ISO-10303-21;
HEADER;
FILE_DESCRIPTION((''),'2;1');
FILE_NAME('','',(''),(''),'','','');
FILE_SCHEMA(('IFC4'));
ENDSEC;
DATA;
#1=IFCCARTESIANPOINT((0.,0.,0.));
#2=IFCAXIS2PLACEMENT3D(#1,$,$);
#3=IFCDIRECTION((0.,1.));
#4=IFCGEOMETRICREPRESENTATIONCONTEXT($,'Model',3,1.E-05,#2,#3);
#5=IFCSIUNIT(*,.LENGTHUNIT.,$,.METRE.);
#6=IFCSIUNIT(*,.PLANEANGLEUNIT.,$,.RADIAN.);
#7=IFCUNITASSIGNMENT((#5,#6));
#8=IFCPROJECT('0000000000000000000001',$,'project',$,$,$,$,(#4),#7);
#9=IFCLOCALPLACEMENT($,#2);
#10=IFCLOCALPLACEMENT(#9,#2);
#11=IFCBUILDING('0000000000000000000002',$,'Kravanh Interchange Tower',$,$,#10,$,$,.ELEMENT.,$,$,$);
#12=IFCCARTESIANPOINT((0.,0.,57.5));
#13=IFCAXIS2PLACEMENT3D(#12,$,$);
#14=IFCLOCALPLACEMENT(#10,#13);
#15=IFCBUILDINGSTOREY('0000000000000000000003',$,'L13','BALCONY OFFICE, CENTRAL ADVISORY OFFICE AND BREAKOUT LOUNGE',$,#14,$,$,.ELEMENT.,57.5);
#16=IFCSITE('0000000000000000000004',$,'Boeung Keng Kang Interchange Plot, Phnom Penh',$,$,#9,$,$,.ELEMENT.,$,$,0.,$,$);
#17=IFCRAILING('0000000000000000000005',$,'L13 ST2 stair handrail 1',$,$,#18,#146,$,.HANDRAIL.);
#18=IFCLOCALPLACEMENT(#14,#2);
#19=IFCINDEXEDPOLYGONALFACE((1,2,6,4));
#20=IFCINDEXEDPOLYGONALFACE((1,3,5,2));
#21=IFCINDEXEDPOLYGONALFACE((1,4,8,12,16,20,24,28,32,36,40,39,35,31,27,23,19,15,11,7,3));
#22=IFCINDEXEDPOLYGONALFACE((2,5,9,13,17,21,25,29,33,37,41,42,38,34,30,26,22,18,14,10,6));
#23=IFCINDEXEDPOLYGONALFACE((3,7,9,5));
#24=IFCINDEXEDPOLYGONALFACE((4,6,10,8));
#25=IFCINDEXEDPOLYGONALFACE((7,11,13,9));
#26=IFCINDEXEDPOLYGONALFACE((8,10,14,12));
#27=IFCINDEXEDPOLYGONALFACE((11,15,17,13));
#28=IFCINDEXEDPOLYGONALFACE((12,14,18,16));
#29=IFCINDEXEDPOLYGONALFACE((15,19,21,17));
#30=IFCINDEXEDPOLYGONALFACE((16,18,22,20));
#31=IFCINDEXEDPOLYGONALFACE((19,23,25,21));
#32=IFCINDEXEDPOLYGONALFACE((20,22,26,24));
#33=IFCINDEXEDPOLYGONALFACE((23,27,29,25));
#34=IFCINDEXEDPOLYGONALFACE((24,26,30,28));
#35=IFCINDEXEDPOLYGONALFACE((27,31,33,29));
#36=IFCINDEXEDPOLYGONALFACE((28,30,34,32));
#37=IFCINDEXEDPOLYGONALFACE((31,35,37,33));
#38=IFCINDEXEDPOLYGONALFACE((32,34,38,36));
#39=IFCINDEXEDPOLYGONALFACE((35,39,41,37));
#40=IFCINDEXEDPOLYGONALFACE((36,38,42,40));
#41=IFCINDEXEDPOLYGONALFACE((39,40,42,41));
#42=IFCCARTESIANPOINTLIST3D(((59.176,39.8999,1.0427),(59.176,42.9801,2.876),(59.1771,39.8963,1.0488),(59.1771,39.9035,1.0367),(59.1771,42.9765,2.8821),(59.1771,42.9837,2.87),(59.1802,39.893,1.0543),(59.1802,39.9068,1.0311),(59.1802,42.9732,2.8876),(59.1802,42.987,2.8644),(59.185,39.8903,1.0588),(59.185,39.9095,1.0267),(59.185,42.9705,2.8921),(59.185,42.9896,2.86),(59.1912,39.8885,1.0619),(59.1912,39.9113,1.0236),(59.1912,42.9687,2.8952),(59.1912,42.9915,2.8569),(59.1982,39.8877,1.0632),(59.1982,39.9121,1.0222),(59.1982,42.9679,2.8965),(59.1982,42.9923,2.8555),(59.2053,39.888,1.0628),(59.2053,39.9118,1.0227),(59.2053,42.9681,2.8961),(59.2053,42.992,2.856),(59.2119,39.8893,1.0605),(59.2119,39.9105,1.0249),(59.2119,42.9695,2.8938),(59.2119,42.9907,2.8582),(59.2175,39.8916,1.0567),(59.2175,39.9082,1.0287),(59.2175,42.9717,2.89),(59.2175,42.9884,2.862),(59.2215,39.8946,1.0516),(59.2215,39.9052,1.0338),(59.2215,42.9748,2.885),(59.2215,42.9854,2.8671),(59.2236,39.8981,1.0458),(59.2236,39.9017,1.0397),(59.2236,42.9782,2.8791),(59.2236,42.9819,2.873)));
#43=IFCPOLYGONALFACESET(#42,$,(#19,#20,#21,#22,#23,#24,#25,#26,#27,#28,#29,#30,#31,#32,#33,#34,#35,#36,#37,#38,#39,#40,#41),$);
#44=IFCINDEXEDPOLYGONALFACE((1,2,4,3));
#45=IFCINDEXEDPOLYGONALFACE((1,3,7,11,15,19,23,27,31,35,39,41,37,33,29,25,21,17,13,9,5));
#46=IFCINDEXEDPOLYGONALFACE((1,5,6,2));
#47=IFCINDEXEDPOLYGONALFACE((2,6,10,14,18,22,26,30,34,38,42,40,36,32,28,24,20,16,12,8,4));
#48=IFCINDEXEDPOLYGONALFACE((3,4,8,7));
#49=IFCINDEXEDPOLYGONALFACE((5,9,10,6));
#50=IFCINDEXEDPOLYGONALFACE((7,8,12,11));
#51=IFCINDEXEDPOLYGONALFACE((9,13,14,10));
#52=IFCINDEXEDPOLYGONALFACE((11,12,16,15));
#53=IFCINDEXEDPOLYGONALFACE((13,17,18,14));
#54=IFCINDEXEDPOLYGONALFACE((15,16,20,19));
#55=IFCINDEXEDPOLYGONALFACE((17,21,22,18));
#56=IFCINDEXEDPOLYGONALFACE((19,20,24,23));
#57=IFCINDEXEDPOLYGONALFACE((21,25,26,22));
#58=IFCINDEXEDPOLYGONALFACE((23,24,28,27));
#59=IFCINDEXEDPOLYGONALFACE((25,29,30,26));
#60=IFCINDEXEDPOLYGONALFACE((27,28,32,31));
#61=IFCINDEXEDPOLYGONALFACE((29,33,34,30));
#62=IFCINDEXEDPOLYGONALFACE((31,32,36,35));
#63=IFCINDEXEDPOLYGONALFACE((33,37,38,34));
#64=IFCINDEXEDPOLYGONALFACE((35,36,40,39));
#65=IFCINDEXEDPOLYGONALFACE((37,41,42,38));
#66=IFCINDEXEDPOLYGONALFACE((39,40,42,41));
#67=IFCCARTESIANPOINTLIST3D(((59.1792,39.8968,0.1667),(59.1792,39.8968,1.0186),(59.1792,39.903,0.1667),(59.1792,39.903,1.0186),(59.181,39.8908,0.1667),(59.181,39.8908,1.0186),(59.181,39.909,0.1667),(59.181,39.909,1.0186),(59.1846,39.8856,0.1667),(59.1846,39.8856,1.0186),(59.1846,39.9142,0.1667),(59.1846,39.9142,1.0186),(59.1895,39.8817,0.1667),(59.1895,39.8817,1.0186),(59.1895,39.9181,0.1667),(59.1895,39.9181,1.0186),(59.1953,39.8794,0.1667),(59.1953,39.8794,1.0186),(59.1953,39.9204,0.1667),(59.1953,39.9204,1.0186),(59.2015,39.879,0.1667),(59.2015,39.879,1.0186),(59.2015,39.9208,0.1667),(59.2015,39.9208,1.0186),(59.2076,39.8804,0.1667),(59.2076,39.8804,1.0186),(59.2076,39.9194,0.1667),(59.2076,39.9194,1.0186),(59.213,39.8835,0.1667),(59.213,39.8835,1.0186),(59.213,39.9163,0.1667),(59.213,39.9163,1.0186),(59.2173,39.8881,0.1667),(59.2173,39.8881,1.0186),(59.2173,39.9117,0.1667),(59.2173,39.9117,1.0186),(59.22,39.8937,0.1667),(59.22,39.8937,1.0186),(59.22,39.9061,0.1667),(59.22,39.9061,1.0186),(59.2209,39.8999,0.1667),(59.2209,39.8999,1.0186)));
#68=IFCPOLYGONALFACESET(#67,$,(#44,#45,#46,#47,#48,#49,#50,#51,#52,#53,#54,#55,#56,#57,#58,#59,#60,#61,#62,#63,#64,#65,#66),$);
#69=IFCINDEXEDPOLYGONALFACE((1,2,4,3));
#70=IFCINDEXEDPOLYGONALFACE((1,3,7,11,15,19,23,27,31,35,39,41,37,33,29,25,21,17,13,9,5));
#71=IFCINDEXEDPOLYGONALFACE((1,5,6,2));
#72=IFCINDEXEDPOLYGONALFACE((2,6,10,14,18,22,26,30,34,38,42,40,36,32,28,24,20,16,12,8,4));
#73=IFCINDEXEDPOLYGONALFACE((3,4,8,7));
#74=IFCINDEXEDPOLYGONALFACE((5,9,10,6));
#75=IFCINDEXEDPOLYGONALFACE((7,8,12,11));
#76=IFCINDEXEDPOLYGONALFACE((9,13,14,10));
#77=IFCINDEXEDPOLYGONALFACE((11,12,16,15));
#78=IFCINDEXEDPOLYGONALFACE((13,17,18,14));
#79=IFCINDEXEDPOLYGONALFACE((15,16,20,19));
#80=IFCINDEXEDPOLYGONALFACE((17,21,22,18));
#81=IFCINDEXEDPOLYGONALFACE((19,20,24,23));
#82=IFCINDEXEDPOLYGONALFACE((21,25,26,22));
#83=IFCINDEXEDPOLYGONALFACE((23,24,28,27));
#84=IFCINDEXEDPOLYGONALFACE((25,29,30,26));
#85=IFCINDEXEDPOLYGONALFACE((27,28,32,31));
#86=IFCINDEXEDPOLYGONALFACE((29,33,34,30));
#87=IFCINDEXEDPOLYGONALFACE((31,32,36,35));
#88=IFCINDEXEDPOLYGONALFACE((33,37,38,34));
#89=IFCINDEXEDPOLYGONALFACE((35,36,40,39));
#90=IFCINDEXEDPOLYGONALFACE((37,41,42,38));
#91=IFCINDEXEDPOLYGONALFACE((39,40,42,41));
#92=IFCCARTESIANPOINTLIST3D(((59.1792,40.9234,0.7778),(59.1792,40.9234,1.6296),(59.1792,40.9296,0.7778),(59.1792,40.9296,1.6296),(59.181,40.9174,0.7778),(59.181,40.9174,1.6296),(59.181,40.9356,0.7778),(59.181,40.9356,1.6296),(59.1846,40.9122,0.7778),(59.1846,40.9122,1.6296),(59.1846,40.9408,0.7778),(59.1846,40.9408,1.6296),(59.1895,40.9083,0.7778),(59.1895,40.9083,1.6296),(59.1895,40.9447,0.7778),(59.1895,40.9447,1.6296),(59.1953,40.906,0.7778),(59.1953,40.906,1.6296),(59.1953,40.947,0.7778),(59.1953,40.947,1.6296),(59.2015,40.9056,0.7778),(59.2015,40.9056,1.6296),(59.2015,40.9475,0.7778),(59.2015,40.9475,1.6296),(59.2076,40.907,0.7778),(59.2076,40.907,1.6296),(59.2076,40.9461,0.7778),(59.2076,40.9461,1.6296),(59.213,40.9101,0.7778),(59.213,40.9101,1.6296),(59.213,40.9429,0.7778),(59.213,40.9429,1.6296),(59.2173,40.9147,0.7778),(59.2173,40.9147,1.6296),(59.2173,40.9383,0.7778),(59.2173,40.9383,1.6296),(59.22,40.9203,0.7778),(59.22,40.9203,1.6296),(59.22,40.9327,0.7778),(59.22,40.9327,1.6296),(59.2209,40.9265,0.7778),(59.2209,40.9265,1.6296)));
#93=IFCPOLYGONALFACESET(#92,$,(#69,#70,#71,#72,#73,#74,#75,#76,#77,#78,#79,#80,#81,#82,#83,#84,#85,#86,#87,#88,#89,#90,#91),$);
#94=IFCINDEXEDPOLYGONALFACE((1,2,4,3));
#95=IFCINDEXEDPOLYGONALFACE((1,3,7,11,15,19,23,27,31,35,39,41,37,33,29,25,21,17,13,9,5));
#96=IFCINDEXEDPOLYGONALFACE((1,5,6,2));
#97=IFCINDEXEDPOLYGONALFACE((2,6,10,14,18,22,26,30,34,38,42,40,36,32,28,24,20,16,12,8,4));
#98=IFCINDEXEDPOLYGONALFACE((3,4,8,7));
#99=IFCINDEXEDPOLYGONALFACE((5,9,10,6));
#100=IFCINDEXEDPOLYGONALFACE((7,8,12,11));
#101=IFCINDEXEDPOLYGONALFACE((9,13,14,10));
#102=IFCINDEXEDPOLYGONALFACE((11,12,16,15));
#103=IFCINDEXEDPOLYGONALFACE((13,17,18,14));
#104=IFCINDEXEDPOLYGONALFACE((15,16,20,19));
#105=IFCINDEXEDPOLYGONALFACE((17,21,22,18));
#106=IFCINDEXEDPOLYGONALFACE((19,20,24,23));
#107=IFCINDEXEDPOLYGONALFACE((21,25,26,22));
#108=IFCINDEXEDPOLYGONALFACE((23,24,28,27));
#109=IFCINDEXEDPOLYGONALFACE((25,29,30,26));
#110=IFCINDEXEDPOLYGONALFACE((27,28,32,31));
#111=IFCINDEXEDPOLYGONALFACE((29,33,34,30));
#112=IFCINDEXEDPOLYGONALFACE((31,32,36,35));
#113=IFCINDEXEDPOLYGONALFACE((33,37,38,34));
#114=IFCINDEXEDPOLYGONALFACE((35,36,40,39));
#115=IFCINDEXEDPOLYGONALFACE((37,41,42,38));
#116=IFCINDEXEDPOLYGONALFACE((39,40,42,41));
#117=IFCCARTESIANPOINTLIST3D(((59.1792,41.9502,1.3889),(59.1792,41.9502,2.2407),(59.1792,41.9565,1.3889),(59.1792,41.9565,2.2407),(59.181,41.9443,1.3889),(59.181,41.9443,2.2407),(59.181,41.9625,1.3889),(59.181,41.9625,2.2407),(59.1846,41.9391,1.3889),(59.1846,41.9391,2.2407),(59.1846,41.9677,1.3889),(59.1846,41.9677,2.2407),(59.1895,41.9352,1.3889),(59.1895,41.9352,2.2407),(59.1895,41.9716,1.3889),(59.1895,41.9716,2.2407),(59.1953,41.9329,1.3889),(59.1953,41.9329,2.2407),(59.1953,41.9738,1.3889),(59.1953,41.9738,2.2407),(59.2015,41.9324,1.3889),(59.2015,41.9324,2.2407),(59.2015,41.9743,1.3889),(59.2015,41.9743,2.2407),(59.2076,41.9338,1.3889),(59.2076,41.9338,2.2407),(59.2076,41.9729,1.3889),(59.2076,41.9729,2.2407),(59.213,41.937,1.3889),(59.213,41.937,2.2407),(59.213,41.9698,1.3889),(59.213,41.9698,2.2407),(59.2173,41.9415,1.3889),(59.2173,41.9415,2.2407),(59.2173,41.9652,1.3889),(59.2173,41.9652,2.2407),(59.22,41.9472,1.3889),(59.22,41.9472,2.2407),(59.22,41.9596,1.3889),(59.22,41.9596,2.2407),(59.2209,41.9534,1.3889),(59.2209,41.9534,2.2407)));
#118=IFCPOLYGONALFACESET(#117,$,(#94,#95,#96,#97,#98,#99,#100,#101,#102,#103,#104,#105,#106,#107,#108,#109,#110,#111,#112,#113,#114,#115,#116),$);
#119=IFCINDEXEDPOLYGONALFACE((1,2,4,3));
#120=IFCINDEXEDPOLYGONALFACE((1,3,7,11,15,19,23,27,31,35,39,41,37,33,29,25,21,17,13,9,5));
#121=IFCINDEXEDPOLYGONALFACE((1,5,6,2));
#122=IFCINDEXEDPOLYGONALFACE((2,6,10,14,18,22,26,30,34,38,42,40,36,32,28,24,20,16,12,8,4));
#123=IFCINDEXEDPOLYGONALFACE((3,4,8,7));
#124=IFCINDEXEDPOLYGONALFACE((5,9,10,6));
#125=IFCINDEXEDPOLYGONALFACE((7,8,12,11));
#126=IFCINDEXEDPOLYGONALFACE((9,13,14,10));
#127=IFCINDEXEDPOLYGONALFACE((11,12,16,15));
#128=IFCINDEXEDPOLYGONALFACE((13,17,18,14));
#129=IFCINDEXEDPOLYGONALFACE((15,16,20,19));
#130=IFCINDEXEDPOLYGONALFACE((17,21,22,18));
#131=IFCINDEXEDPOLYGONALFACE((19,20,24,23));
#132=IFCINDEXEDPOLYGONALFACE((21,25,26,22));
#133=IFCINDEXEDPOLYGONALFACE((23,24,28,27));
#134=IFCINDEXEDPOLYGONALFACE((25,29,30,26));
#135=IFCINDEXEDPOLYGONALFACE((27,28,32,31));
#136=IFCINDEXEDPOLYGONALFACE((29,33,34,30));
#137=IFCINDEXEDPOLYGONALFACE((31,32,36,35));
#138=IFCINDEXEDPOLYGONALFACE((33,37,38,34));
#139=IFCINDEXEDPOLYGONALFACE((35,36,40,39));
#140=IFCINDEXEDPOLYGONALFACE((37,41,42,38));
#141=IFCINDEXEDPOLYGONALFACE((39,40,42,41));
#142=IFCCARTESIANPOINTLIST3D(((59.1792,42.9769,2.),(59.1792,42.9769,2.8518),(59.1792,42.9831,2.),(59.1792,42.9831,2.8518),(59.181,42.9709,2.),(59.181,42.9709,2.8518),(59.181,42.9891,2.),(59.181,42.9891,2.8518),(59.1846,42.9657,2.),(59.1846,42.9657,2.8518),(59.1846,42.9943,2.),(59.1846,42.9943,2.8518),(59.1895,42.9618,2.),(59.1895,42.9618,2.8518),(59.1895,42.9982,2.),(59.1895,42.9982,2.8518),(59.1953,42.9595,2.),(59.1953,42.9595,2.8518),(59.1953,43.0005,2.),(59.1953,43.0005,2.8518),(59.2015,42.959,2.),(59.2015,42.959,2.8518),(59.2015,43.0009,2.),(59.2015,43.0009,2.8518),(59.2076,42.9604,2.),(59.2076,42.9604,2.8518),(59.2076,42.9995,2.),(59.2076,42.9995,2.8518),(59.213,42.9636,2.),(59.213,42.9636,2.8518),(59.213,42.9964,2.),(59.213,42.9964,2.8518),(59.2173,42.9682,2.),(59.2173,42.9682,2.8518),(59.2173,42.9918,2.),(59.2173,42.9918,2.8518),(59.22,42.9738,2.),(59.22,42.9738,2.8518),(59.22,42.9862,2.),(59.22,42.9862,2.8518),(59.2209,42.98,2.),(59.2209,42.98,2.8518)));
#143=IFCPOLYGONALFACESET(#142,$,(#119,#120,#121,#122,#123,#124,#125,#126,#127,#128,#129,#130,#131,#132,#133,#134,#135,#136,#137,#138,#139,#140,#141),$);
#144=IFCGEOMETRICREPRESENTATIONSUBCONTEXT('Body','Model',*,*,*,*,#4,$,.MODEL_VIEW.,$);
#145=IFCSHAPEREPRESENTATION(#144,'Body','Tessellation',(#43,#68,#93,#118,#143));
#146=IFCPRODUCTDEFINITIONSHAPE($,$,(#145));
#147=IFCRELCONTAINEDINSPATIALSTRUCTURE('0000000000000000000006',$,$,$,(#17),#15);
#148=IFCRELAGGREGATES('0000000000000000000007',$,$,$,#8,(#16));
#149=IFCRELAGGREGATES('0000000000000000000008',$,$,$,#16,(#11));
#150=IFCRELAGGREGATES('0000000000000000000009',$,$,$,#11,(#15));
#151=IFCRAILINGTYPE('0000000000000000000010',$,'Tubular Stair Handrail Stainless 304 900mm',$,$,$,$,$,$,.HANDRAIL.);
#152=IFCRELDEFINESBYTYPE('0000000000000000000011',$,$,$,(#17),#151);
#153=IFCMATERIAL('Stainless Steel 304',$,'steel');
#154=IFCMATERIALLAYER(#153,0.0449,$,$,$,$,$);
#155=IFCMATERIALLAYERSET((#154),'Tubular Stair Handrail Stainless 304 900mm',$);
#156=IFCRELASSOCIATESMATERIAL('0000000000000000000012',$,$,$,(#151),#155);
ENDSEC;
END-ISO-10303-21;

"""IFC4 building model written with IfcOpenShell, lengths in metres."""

from ifc_helpers import new_model, si_unit, direction, frame, origin, origin_2d, place, context, subcontext, project, spatial, circle, extrude, material, layer, layer_set, type_object, element, save


model = new_model("IFC4")

# Units and contexts
model_context = context("Model", 3, precision=1e-05, world=origin(), true_north=direction((0.0, 1.0)))
body_context = subcontext(model_context, "Body", "Model", "MODEL_VIEW")
ifc_project = project(units=[si_unit("LENGTHUNIT", "METRE"), si_unit("PLANEANGLEUNIT", "RADIAN")], contexts=[model_context])

# Site, building, storey
site_placement = place(None, origin())
site = spatial("IfcSite", under=ifc_project, at=site_placement, Name="Boeung Keng Kang Interchange Plot, Phnom Penh", CompositionType="ELEMENT", RefElevation=0.0)
building_placement = place(site_placement, origin())
building = spatial("IfcBuilding", under=site, at=building_placement, Name="Kravanh Interchange Tower", CompositionType="ELEMENT")
storey_placement = place(building_placement, frame((0.0, 0.0, 57.5)))
storey = spatial("IfcBuildingStorey", under=building, at=storey_placement, Name="L13", Description="BALCONY OFFICE, CENTRAL ADVISORY OFFICE AND BREAKOUT LOUNGE", CompositionType="ELEMENT", Elevation=57.5)

# Railing
ifc_material_1 = material(Name="Stainless Steel 304", Category="steel")
ifc_layer_1 = layer(ifc_material_1, 0.0449)
ifc_layer_set_1 = layer_set([ifc_layer_1], Name="Tubular Stair Handrail Stainless 304 900mm")
railing_type_1 = type_object("IfcRailingType", Name="Tubular Stair Handrail Stainless 304 900mm", PredefinedType="HANDRAIL", material=ifc_layer_set_1)
railing_1_placement = place(storey_placement, frame((59.2, 39.8999, 0.1667)))
element("IfcRailing", 1, at=railing_1_placement, inside=storey, type_object=railing_type_1, Name="L13 ST2 stair handrail 1", PredefinedType="HANDRAIL", context=body_context, shape_type="SweptSolid", body=[
    extrude(circle(Radius=0.0239, at=origin_2d()), frame((0.0, 0.0, 0.876), z_axis=(0.0, 0.859309, 0.511458), x_axis=(-1.0, 0.0, 0.0)), (0.0, 0.0, 1.0), 3.5845),
    extrude(circle(Radius=0.021, at=origin_2d()), origin(), (0.0, 0.0, 1.0), 0.8518),
    extrude(circle(Radius=0.021, at=origin_2d()), frame((0.0, 1.0266, 0.6111)), (0.0, 0.0, 1.0), 0.8518),
    extrude(circle(Radius=0.021, at=origin_2d()), frame((0.0, 2.0535, 1.2222)), (0.0, 0.0, 1.0), 0.8518),
    extrude(circle(Radius=0.021, at=origin_2d()), frame((0.0, 3.0801, 1.8333)), (0.0, 0.0, 1.0), 0.8518),
])

save(model, "model.ifc")
